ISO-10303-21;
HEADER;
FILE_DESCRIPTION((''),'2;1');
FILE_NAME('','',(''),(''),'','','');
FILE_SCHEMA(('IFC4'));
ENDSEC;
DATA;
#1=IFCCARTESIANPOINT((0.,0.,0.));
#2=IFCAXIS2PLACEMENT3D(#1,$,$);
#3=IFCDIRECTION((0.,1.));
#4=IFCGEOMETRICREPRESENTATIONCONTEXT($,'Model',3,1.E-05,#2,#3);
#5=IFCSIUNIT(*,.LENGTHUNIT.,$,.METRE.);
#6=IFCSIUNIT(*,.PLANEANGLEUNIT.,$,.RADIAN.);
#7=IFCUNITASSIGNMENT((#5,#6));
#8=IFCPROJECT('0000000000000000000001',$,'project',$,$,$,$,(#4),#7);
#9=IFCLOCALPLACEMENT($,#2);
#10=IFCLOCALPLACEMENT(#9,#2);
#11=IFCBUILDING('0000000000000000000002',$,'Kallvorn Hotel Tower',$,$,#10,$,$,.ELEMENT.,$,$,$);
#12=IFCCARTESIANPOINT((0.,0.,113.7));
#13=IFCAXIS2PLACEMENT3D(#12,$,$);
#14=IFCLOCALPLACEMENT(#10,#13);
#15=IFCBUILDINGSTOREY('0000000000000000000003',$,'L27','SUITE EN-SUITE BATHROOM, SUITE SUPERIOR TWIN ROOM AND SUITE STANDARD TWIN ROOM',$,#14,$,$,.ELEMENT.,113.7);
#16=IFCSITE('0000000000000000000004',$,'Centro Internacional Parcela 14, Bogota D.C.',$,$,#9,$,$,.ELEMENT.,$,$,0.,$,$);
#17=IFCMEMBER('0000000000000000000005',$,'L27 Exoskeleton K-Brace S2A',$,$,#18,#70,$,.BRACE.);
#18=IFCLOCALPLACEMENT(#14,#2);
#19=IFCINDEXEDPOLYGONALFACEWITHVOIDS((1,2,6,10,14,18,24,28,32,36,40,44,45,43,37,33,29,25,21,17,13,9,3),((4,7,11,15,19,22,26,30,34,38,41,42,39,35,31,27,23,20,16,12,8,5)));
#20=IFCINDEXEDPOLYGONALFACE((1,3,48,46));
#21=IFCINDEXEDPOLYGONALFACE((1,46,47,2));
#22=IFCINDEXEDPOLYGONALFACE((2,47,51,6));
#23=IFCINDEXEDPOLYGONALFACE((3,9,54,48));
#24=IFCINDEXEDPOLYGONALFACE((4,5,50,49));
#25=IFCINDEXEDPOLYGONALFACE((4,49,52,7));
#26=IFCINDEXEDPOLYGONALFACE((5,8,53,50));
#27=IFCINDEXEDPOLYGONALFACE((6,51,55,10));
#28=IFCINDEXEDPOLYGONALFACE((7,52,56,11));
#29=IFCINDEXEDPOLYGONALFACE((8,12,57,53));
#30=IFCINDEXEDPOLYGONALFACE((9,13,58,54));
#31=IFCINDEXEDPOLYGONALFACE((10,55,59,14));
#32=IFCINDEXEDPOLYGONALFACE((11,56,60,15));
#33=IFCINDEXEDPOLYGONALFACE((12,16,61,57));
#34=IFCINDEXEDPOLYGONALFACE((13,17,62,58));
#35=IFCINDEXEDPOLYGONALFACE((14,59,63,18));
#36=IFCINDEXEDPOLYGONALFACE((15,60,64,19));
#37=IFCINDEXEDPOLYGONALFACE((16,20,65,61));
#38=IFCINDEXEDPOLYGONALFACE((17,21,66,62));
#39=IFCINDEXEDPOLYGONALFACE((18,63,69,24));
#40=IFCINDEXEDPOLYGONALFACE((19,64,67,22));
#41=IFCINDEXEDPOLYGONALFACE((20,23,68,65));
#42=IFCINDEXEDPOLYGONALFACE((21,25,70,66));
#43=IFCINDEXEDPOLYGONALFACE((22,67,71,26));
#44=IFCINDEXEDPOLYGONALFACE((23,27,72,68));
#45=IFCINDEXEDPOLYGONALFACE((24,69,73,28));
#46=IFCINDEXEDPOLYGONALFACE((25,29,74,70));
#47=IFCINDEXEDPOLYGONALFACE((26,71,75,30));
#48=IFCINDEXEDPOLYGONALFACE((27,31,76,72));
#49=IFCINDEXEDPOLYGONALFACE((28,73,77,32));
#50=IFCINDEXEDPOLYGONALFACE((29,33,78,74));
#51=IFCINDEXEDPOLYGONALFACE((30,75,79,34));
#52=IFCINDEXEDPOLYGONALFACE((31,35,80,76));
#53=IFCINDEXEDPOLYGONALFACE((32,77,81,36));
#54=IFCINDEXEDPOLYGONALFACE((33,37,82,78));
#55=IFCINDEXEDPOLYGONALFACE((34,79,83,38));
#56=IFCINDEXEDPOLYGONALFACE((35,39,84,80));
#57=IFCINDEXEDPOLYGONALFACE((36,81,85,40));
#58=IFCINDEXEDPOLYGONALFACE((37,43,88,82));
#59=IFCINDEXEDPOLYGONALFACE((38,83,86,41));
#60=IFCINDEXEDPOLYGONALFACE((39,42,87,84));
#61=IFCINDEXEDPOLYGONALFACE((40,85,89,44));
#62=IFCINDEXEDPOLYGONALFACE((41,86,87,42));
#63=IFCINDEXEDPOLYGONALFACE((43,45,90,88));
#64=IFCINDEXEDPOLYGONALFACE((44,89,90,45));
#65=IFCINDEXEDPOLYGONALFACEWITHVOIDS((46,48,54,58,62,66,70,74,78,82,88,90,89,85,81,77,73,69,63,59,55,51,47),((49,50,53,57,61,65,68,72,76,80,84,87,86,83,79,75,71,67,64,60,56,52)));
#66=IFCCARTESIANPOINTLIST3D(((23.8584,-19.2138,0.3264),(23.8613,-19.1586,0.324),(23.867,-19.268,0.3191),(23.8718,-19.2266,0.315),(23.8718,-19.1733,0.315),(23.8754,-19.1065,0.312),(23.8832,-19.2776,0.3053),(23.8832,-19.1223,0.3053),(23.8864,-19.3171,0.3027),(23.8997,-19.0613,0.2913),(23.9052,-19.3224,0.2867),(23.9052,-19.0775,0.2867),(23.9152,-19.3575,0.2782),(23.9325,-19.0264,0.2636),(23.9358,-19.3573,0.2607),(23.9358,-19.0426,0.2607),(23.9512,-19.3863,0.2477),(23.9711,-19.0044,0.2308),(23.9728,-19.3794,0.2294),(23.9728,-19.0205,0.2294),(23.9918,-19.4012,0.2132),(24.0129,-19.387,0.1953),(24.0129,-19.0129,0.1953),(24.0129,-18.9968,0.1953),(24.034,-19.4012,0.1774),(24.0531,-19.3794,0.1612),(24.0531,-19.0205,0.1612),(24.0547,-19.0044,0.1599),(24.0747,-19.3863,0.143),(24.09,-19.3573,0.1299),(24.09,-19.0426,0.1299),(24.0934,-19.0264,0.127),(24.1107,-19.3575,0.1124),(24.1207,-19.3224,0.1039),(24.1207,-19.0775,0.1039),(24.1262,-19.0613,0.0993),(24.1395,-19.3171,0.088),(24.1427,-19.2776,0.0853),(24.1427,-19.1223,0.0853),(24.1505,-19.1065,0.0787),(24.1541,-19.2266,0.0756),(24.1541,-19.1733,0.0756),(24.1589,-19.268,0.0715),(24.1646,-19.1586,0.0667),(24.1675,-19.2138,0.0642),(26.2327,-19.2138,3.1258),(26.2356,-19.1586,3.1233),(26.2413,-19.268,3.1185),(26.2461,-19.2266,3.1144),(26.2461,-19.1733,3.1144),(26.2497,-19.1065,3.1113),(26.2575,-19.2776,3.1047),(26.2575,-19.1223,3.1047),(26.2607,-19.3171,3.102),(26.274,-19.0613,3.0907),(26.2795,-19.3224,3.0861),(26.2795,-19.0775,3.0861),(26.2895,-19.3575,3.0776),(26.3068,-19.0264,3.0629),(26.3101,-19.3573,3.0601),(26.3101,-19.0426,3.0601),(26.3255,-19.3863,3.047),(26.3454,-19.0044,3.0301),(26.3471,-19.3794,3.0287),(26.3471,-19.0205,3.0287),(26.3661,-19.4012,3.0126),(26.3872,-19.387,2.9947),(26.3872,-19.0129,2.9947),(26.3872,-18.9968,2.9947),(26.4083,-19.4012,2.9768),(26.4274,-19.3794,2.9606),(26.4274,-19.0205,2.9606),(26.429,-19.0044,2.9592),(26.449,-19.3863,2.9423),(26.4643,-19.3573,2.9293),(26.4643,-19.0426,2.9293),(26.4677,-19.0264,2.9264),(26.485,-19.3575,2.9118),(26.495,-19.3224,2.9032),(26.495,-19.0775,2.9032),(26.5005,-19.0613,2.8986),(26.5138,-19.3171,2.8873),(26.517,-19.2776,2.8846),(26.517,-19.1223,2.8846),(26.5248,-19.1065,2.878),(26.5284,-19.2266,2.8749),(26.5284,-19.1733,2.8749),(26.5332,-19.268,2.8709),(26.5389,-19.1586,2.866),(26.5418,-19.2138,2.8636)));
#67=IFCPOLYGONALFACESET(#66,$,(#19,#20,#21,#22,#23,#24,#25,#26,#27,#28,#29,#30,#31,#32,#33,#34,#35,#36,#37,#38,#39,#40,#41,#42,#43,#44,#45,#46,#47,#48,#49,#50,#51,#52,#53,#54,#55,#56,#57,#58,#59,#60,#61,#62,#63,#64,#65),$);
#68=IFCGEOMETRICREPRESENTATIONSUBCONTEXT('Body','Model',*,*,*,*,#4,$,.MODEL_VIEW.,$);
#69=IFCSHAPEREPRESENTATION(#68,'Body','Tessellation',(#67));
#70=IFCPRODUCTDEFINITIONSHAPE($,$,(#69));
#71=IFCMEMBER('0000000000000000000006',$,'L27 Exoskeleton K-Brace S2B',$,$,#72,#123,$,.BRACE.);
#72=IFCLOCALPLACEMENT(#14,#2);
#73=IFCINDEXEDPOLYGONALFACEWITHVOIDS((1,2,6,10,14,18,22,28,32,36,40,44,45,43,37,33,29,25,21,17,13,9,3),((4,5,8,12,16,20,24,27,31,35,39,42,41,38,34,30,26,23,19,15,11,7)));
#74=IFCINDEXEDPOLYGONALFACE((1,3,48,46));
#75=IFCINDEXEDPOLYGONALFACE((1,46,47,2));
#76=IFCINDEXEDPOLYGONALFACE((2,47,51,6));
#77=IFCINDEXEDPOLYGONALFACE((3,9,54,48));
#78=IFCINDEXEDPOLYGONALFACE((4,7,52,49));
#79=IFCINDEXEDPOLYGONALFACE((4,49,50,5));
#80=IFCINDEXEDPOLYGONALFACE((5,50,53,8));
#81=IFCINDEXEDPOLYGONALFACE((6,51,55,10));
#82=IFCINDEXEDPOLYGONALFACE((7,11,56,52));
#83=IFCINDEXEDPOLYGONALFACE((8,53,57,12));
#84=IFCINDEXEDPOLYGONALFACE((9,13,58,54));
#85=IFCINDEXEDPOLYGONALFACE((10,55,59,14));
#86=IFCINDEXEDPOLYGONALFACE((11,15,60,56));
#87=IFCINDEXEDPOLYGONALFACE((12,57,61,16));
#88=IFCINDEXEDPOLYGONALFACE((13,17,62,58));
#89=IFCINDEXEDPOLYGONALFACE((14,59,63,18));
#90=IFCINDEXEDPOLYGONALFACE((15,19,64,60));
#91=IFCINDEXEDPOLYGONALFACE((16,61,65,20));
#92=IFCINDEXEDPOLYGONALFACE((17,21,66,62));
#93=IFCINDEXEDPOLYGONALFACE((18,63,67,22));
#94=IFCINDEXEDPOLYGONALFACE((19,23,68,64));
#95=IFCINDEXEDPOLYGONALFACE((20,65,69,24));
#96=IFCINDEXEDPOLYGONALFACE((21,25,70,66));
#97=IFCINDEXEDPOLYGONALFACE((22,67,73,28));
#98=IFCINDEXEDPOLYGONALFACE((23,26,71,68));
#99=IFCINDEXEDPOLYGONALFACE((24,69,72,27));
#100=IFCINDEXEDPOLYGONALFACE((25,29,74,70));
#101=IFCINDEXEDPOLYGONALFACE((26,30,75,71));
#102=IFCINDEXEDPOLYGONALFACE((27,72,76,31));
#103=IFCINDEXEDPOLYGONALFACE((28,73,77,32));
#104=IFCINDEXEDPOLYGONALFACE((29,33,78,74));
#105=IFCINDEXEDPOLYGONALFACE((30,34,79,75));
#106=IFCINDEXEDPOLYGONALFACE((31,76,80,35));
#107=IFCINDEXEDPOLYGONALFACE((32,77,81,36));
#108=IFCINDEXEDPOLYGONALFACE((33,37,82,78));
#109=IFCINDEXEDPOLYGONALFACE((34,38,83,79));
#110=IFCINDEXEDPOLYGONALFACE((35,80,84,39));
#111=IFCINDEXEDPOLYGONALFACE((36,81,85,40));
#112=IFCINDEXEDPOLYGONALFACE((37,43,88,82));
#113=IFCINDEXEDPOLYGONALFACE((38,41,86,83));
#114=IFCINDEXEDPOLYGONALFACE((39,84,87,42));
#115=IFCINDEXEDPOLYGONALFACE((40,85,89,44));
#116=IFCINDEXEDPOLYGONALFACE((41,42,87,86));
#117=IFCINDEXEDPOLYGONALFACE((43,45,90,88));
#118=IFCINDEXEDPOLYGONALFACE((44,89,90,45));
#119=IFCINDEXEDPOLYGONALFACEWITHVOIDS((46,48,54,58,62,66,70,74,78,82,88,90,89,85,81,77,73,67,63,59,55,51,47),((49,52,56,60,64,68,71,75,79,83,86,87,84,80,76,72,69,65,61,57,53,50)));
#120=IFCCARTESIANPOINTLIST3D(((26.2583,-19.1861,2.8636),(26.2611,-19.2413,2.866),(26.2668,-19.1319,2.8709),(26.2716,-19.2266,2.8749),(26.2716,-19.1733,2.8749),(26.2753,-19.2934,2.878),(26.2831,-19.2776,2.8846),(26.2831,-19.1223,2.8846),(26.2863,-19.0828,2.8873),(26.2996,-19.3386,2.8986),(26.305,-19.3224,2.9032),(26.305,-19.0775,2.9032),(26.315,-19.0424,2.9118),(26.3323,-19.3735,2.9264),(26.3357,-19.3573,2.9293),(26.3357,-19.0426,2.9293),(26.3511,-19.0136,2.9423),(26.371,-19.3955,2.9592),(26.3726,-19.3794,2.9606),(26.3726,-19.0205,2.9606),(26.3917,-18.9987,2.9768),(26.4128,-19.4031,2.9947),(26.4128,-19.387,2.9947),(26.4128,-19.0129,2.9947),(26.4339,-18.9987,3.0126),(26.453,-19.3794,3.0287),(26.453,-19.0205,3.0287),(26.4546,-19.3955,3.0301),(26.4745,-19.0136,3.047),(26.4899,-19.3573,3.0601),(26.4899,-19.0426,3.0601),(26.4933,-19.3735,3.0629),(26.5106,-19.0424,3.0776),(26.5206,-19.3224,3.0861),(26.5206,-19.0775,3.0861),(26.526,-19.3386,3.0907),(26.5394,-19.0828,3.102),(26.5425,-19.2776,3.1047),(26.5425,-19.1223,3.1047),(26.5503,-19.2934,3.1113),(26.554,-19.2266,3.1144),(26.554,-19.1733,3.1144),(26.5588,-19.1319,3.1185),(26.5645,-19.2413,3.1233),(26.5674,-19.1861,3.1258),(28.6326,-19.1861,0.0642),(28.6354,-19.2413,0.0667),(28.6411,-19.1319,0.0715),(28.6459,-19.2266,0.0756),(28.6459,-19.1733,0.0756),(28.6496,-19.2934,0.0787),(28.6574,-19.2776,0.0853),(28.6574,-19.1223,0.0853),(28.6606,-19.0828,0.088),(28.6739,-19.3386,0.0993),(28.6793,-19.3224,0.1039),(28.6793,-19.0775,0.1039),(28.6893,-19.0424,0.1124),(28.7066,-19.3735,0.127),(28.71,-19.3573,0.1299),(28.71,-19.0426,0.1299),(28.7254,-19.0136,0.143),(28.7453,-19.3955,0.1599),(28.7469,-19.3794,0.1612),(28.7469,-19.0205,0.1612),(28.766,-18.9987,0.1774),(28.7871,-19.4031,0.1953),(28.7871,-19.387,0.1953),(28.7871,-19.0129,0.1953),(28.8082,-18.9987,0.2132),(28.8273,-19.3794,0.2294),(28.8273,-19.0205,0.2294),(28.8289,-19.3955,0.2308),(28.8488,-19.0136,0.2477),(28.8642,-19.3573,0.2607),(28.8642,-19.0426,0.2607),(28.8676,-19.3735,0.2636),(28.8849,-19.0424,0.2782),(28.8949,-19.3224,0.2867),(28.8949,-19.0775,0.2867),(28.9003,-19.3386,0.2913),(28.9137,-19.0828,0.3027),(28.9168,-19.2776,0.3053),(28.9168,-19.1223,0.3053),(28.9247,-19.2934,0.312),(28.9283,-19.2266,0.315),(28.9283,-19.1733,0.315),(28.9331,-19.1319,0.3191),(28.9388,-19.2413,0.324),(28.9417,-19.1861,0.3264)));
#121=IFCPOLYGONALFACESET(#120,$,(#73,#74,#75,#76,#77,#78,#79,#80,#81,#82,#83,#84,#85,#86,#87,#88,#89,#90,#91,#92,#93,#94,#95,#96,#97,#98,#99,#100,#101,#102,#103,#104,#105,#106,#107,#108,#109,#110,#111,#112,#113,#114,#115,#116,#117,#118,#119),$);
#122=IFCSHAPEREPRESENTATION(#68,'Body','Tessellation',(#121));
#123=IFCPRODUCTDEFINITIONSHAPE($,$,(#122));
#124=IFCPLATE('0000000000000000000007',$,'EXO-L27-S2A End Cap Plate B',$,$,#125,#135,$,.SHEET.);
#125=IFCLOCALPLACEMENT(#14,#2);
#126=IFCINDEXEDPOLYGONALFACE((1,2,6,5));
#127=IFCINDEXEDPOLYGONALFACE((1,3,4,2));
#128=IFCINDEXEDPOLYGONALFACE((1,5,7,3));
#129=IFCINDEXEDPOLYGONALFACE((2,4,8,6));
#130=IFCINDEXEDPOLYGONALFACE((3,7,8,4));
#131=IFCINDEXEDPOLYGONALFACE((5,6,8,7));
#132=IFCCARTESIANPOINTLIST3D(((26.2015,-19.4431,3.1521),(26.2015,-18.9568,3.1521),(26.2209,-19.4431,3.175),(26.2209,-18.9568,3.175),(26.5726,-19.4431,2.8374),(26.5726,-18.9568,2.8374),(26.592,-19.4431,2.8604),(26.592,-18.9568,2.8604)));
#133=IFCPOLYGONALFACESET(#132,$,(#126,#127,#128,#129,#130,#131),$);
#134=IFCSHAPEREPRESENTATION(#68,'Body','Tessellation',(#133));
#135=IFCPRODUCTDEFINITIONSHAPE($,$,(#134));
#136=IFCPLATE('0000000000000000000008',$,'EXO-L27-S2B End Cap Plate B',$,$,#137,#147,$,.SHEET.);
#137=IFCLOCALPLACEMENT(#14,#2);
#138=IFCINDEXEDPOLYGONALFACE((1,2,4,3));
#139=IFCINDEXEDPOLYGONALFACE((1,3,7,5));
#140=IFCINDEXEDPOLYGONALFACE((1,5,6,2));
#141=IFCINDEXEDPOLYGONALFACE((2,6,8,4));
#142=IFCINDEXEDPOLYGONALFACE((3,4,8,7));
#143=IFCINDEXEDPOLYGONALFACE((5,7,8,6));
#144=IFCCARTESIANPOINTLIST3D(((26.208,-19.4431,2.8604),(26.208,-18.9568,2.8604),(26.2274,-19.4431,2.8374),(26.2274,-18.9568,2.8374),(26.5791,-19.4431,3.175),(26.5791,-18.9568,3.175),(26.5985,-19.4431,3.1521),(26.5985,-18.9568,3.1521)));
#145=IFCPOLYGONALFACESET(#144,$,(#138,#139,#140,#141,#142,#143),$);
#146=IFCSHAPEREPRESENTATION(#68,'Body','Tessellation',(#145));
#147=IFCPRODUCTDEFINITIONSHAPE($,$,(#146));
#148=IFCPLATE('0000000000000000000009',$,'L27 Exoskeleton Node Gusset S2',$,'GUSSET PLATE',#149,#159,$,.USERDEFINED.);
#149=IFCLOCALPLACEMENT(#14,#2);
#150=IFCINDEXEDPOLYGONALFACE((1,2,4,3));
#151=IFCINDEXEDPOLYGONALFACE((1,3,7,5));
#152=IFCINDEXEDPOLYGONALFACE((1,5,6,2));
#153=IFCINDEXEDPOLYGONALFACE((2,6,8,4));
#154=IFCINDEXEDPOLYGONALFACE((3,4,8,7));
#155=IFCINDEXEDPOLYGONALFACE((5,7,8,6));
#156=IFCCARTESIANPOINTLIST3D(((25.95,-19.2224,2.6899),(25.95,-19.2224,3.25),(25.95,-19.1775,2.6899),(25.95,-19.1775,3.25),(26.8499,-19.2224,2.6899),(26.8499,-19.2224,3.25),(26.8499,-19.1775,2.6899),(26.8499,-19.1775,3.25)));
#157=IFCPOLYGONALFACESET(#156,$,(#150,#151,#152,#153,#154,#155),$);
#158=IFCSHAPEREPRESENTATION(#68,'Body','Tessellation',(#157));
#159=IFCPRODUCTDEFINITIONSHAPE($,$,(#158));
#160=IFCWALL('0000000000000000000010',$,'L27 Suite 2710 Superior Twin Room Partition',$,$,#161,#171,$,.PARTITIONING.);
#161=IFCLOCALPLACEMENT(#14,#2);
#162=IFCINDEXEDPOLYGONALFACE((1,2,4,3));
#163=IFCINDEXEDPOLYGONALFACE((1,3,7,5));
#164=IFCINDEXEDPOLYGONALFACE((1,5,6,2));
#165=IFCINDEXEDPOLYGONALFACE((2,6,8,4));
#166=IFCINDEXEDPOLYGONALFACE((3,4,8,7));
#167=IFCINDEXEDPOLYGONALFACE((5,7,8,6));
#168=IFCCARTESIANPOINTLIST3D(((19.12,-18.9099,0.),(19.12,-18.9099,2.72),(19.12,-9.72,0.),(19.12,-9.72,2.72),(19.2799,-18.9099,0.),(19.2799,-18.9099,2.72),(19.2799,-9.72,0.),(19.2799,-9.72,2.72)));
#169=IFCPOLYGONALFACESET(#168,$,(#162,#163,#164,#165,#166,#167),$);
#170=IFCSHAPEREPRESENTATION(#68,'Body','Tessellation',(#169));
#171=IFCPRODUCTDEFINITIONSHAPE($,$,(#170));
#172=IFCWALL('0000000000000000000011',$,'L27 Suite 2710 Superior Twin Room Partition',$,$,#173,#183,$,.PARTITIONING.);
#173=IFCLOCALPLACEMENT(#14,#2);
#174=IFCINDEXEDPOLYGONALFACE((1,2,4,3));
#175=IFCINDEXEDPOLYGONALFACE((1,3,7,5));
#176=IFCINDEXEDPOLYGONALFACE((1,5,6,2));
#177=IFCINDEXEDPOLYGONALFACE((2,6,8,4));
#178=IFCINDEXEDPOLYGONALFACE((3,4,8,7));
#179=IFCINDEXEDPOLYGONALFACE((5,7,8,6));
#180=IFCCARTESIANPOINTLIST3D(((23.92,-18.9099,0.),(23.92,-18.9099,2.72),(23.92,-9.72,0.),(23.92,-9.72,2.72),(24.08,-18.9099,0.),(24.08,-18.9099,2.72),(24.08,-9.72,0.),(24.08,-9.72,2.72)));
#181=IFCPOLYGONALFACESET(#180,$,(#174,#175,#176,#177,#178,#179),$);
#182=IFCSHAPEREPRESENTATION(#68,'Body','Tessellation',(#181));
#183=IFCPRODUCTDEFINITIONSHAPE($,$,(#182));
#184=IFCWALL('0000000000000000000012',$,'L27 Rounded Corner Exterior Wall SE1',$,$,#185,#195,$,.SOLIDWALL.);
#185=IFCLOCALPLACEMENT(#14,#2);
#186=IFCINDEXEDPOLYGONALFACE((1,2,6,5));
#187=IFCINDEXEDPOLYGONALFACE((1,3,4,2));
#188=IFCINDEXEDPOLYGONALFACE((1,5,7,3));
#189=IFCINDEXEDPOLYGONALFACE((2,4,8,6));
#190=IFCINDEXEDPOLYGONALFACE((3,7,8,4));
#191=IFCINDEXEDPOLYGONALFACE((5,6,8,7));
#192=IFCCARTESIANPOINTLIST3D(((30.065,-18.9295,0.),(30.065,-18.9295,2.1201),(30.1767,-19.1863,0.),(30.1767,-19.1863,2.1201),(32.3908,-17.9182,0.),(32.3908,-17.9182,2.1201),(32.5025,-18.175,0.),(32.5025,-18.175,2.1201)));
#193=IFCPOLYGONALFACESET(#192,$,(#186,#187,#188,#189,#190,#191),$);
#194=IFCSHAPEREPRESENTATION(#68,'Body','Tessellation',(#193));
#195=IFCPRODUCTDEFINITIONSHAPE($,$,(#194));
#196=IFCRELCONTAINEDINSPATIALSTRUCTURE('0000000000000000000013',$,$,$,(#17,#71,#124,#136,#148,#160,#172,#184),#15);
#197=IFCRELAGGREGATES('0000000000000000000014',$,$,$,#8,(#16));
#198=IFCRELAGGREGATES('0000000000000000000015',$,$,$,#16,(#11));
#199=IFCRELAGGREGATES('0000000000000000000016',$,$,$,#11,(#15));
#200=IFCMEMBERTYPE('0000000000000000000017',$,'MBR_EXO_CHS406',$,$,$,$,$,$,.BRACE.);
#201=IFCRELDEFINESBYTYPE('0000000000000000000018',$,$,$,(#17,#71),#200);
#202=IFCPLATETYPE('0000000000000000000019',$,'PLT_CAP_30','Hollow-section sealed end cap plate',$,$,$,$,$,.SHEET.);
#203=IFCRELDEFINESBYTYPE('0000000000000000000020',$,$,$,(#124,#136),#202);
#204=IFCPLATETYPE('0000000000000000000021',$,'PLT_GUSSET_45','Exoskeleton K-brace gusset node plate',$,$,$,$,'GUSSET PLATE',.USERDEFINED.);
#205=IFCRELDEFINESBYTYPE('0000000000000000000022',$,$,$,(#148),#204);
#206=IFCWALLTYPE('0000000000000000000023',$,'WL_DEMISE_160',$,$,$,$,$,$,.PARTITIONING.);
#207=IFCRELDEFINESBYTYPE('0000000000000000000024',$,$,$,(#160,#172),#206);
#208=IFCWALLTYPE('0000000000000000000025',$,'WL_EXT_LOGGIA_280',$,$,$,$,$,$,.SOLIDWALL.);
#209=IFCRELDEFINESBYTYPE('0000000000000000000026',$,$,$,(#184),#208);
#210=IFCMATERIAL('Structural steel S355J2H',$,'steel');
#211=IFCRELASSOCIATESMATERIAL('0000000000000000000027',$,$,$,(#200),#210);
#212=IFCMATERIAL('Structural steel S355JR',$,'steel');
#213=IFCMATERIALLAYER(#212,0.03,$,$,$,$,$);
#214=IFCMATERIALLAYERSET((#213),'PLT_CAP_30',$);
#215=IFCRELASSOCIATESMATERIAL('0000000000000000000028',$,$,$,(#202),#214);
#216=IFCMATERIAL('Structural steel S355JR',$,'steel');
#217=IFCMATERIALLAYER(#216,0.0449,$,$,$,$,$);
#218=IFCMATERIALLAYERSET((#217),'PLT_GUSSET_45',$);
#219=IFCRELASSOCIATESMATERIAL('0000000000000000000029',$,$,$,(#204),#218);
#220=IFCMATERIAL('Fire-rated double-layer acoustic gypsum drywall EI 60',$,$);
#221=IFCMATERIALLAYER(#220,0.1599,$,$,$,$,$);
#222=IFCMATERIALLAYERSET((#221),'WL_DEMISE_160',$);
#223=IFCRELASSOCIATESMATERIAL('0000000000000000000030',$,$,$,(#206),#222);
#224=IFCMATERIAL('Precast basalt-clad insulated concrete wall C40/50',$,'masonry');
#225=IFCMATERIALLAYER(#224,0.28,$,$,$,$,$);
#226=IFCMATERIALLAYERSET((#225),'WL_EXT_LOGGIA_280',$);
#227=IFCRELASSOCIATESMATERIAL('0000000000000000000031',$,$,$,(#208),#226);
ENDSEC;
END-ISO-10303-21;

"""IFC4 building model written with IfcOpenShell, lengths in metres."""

from ifc_helpers import new_model, si_unit, direction, frame, frame_2d, origin, origin_2d, place, context, subcontext, project, spatial, polyline, rectangle, hollow_circle, outline, extrude, material, layer, layer_set, material_profile, profile_set, type_object, element, save


model = new_model("IFC4")

# Units and contexts
model_context = context("Model", 3, precision=1e-05, world=origin(), true_north=direction((0.0, 1.0)))
body_context = subcontext(model_context, "Body", "Model", "MODEL_VIEW")
ifc_project = project(units=[si_unit("LENGTHUNIT", "METRE"), si_unit("PLANEANGLEUNIT", "RADIAN")], contexts=[model_context])

# Site, building, storey
site_placement = place(None, origin())
site = spatial("IfcSite", under=ifc_project, at=site_placement, Name="Centro Internacional Parcela 14, Bogota D.C.", CompositionType="ELEMENT", RefElevation=0.0)
building_placement = place(site_placement, origin())
building = spatial("IfcBuilding", under=site, at=building_placement, Name="Kallvorn Hotel Tower", CompositionType="ELEMENT")
storey_placement = place(building_placement, frame((0.0, 0.0, 113.7)))
storey = spatial("IfcBuildingStorey", under=building, at=storey_placement, Name="L27", Description="SUITE EN-SUITE BATHROOM, SUITE SUPERIOR TWIN ROOM AND SUITE STANDARD TWIN ROOM", CompositionType="ELEMENT", Elevation=113.7)

# Members
ifc_material_1 = material(Name="Structural steel S355J2H", Category="steel")
ifc_material_profile_1 = material_profile(ifc_material_1, hollow_circle(Radius=0.2031, WallThickness=0.0161, at=origin_2d()), Name="CHS 406.4x16")
ifc_profile_set_1 = profile_set([ifc_material_profile_1], Name="Structural steel S355J2H")
member_type = type_object("IfcMemberType", Name="MBR_EXO_CHS406", PredefinedType="BRACE", material=ifc_profile_set_1)
for number, where, z_axis, x_axis, name in (
    (1, (24.0129, -19.2, 0.1953), (0.646833, 0.0, 0.762631), (0.0, 1.0, 0.0), "L27 Exoskeleton K-Brace S2A"),
    (2, (28.7871, -19.2, 0.1953), (-0.646833, 0.0, 0.762631), (0.0, -1.0, 0.0), "L27 Exoskeleton K-Brace S2B"),
):
    element("IfcMember", number, at=place(storey_placement, frame(where, z_axis=z_axis, x_axis=x_axis)), inside=storey, type_object=member_type, Name=name, PredefinedType="BRACE", context=body_context, shape_type="SweptSolid", body=[
        extrude(hollow_circle(Radius=0.2031, WallThickness=0.0161, at=origin_2d()), origin(), (0.0, 0.0, 1.0), 3.6707),
    ])

# Plates
ifc_material_2 = material(Name="Structural steel S355JR", Category="steel")
ifc_layer_1 = layer(ifc_material_2, 0.03)
ifc_layer_set_1 = layer_set([ifc_layer_1], Name="PLT_CAP_30")
plate_type_1 = type_object("IfcPlateType", Name="PLT_CAP_30", Description="Hollow-section sealed end cap plate", PredefinedType="SHEET", material=ifc_layer_set_1)
for number, where, z_axis, x_axis, name in (
    (3, (26.592, -19.4431, 2.8604), (0.646774, 0.0, 0.762682), (0.0, 1.0, 0.0), "EXO-L27-S2A End Cap Plate B"),
    (4, (26.208, -18.9568, 2.8604), (-0.646774, 0.0, 0.762682), (0.0, -1.0, 0.0), "EXO-L27-S2B End Cap Plate B"),
):
    element("IfcPlate", number, at=place(storey_placement, frame(where, z_axis=z_axis, x_axis=x_axis)), inside=storey, type_object=plate_type_1, Name=name, PredefinedType="SHEET", context=body_context, shape_type="SweptSolid", body=[
        extrude(outline(polyline([(0.0, 0.0), (0.4863, 0.0), (0.4863, 0.4866), (0.0, 0.4866), (0.0, 0.0)])), origin(), (0.0, 0.0, -1.0), 0.03),
    ])
ifc_material_3 = material(Name="Structural steel S355JR", Category="steel")
ifc_layer_2 = layer(ifc_material_3, 0.0449)
ifc_layer_set_2 = layer_set([ifc_layer_2], Name="PLT_GUSSET_45")
plate_type_2 = type_object("IfcPlateType", Name="PLT_GUSSET_45", Description="Exoskeleton K-brace gusset node plate", ElementType="GUSSET PLATE", PredefinedType="USERDEFINED", material=ifc_layer_set_2)
plate_placement = place(storey_placement, frame((26.3999, -19.2, 2.6899), z_axis=(0.0, 0.0, 1.0), x_axis=(1.0, 0.0, 0.0)))
element("IfcPlate", 5, at=plate_placement, inside=storey, type_object=plate_type_2, Name="L27 Exoskeleton Node Gusset S2", ObjectType="GUSSET PLATE", PredefinedType="USERDEFINED", context=body_context, shape_type="SweptSolid", body=[
    extrude(rectangle(XDim=0.8999, YDim=0.0449, at=origin_2d()), origin(), (0.0, 0.0, 1.0), 0.5601),
])

# Walls
ifc_material_4 = material(Name="Fire-rated double-layer acoustic gypsum drywall EI 60")
ifc_layer_3 = layer(ifc_material_4, 0.1599)
ifc_layer_set_3 = layer_set([ifc_layer_3], Name="WL_DEMISE_160")
wall_type_1 = type_object("IfcWallType", Name="WL_DEMISE_160", PredefinedType="PARTITIONING", material=ifc_layer_set_3)
for number, where, z_axis, x_axis, name in (
    (6, (19.2, -18.9099, 0.0), (0.0, 0.0, 1.0), (0.0, 1.0, 0.0), "L27 Suite 2710 Superior Twin Room Partition"),
    (7, (24.0, -18.9099, 0.0), (0.0, 0.0, 1.0), (0.0, 1.0, 0.0), "L27 Suite 2710 Superior Twin Room Partition"),
):
    element("IfcWall", number, at=place(storey_placement, frame(where, z_axis=z_axis, x_axis=x_axis)), inside=storey, type_object=wall_type_1, Name=name, PredefinedType="PARTITIONING", context=body_context, shape_type="SweptSolid", body=[
        extrude(rectangle(XDim=9.1899, YDim=0.1599, at=frame_2d((4.595, 0.0))), origin(), (0.0, 0.0, 1.0), 2.72),
    ])
ifc_material_5 = material(Name="Precast basalt-clad insulated concrete wall C40/50", Category="masonry")
ifc_layer_4 = layer(ifc_material_5, 0.28)
ifc_layer_set_4 = layer_set([ifc_layer_4], Name="WL_EXT_LOGGIA_280")
wall_type_2 = type_object("IfcWallType", Name="WL_EXT_LOGGIA_280", PredefinedType="SOLIDWALL", material=ifc_layer_set_4)
wall_1_placement = place(storey_placement, frame((30.1208, -19.0579, 0.0), z_axis=(0.0, 0.0, 1.0), x_axis=(0.917061, 0.398747, 0.0)))
element("IfcWall", 8, at=wall_1_placement, inside=storey, type_object=wall_type_2, Name="L27 Rounded Corner Exterior Wall SE1", PredefinedType="SOLIDWALL", context=body_context, shape_type="SweptSolid", body=[
    extrude(rectangle(XDim=2.5361, YDim=0.28, at=frame_2d((1.2681, 0.0))), origin(), (0.0, 0.0, 1.0), 2.1201),
])

save(model, "model.ifc")
